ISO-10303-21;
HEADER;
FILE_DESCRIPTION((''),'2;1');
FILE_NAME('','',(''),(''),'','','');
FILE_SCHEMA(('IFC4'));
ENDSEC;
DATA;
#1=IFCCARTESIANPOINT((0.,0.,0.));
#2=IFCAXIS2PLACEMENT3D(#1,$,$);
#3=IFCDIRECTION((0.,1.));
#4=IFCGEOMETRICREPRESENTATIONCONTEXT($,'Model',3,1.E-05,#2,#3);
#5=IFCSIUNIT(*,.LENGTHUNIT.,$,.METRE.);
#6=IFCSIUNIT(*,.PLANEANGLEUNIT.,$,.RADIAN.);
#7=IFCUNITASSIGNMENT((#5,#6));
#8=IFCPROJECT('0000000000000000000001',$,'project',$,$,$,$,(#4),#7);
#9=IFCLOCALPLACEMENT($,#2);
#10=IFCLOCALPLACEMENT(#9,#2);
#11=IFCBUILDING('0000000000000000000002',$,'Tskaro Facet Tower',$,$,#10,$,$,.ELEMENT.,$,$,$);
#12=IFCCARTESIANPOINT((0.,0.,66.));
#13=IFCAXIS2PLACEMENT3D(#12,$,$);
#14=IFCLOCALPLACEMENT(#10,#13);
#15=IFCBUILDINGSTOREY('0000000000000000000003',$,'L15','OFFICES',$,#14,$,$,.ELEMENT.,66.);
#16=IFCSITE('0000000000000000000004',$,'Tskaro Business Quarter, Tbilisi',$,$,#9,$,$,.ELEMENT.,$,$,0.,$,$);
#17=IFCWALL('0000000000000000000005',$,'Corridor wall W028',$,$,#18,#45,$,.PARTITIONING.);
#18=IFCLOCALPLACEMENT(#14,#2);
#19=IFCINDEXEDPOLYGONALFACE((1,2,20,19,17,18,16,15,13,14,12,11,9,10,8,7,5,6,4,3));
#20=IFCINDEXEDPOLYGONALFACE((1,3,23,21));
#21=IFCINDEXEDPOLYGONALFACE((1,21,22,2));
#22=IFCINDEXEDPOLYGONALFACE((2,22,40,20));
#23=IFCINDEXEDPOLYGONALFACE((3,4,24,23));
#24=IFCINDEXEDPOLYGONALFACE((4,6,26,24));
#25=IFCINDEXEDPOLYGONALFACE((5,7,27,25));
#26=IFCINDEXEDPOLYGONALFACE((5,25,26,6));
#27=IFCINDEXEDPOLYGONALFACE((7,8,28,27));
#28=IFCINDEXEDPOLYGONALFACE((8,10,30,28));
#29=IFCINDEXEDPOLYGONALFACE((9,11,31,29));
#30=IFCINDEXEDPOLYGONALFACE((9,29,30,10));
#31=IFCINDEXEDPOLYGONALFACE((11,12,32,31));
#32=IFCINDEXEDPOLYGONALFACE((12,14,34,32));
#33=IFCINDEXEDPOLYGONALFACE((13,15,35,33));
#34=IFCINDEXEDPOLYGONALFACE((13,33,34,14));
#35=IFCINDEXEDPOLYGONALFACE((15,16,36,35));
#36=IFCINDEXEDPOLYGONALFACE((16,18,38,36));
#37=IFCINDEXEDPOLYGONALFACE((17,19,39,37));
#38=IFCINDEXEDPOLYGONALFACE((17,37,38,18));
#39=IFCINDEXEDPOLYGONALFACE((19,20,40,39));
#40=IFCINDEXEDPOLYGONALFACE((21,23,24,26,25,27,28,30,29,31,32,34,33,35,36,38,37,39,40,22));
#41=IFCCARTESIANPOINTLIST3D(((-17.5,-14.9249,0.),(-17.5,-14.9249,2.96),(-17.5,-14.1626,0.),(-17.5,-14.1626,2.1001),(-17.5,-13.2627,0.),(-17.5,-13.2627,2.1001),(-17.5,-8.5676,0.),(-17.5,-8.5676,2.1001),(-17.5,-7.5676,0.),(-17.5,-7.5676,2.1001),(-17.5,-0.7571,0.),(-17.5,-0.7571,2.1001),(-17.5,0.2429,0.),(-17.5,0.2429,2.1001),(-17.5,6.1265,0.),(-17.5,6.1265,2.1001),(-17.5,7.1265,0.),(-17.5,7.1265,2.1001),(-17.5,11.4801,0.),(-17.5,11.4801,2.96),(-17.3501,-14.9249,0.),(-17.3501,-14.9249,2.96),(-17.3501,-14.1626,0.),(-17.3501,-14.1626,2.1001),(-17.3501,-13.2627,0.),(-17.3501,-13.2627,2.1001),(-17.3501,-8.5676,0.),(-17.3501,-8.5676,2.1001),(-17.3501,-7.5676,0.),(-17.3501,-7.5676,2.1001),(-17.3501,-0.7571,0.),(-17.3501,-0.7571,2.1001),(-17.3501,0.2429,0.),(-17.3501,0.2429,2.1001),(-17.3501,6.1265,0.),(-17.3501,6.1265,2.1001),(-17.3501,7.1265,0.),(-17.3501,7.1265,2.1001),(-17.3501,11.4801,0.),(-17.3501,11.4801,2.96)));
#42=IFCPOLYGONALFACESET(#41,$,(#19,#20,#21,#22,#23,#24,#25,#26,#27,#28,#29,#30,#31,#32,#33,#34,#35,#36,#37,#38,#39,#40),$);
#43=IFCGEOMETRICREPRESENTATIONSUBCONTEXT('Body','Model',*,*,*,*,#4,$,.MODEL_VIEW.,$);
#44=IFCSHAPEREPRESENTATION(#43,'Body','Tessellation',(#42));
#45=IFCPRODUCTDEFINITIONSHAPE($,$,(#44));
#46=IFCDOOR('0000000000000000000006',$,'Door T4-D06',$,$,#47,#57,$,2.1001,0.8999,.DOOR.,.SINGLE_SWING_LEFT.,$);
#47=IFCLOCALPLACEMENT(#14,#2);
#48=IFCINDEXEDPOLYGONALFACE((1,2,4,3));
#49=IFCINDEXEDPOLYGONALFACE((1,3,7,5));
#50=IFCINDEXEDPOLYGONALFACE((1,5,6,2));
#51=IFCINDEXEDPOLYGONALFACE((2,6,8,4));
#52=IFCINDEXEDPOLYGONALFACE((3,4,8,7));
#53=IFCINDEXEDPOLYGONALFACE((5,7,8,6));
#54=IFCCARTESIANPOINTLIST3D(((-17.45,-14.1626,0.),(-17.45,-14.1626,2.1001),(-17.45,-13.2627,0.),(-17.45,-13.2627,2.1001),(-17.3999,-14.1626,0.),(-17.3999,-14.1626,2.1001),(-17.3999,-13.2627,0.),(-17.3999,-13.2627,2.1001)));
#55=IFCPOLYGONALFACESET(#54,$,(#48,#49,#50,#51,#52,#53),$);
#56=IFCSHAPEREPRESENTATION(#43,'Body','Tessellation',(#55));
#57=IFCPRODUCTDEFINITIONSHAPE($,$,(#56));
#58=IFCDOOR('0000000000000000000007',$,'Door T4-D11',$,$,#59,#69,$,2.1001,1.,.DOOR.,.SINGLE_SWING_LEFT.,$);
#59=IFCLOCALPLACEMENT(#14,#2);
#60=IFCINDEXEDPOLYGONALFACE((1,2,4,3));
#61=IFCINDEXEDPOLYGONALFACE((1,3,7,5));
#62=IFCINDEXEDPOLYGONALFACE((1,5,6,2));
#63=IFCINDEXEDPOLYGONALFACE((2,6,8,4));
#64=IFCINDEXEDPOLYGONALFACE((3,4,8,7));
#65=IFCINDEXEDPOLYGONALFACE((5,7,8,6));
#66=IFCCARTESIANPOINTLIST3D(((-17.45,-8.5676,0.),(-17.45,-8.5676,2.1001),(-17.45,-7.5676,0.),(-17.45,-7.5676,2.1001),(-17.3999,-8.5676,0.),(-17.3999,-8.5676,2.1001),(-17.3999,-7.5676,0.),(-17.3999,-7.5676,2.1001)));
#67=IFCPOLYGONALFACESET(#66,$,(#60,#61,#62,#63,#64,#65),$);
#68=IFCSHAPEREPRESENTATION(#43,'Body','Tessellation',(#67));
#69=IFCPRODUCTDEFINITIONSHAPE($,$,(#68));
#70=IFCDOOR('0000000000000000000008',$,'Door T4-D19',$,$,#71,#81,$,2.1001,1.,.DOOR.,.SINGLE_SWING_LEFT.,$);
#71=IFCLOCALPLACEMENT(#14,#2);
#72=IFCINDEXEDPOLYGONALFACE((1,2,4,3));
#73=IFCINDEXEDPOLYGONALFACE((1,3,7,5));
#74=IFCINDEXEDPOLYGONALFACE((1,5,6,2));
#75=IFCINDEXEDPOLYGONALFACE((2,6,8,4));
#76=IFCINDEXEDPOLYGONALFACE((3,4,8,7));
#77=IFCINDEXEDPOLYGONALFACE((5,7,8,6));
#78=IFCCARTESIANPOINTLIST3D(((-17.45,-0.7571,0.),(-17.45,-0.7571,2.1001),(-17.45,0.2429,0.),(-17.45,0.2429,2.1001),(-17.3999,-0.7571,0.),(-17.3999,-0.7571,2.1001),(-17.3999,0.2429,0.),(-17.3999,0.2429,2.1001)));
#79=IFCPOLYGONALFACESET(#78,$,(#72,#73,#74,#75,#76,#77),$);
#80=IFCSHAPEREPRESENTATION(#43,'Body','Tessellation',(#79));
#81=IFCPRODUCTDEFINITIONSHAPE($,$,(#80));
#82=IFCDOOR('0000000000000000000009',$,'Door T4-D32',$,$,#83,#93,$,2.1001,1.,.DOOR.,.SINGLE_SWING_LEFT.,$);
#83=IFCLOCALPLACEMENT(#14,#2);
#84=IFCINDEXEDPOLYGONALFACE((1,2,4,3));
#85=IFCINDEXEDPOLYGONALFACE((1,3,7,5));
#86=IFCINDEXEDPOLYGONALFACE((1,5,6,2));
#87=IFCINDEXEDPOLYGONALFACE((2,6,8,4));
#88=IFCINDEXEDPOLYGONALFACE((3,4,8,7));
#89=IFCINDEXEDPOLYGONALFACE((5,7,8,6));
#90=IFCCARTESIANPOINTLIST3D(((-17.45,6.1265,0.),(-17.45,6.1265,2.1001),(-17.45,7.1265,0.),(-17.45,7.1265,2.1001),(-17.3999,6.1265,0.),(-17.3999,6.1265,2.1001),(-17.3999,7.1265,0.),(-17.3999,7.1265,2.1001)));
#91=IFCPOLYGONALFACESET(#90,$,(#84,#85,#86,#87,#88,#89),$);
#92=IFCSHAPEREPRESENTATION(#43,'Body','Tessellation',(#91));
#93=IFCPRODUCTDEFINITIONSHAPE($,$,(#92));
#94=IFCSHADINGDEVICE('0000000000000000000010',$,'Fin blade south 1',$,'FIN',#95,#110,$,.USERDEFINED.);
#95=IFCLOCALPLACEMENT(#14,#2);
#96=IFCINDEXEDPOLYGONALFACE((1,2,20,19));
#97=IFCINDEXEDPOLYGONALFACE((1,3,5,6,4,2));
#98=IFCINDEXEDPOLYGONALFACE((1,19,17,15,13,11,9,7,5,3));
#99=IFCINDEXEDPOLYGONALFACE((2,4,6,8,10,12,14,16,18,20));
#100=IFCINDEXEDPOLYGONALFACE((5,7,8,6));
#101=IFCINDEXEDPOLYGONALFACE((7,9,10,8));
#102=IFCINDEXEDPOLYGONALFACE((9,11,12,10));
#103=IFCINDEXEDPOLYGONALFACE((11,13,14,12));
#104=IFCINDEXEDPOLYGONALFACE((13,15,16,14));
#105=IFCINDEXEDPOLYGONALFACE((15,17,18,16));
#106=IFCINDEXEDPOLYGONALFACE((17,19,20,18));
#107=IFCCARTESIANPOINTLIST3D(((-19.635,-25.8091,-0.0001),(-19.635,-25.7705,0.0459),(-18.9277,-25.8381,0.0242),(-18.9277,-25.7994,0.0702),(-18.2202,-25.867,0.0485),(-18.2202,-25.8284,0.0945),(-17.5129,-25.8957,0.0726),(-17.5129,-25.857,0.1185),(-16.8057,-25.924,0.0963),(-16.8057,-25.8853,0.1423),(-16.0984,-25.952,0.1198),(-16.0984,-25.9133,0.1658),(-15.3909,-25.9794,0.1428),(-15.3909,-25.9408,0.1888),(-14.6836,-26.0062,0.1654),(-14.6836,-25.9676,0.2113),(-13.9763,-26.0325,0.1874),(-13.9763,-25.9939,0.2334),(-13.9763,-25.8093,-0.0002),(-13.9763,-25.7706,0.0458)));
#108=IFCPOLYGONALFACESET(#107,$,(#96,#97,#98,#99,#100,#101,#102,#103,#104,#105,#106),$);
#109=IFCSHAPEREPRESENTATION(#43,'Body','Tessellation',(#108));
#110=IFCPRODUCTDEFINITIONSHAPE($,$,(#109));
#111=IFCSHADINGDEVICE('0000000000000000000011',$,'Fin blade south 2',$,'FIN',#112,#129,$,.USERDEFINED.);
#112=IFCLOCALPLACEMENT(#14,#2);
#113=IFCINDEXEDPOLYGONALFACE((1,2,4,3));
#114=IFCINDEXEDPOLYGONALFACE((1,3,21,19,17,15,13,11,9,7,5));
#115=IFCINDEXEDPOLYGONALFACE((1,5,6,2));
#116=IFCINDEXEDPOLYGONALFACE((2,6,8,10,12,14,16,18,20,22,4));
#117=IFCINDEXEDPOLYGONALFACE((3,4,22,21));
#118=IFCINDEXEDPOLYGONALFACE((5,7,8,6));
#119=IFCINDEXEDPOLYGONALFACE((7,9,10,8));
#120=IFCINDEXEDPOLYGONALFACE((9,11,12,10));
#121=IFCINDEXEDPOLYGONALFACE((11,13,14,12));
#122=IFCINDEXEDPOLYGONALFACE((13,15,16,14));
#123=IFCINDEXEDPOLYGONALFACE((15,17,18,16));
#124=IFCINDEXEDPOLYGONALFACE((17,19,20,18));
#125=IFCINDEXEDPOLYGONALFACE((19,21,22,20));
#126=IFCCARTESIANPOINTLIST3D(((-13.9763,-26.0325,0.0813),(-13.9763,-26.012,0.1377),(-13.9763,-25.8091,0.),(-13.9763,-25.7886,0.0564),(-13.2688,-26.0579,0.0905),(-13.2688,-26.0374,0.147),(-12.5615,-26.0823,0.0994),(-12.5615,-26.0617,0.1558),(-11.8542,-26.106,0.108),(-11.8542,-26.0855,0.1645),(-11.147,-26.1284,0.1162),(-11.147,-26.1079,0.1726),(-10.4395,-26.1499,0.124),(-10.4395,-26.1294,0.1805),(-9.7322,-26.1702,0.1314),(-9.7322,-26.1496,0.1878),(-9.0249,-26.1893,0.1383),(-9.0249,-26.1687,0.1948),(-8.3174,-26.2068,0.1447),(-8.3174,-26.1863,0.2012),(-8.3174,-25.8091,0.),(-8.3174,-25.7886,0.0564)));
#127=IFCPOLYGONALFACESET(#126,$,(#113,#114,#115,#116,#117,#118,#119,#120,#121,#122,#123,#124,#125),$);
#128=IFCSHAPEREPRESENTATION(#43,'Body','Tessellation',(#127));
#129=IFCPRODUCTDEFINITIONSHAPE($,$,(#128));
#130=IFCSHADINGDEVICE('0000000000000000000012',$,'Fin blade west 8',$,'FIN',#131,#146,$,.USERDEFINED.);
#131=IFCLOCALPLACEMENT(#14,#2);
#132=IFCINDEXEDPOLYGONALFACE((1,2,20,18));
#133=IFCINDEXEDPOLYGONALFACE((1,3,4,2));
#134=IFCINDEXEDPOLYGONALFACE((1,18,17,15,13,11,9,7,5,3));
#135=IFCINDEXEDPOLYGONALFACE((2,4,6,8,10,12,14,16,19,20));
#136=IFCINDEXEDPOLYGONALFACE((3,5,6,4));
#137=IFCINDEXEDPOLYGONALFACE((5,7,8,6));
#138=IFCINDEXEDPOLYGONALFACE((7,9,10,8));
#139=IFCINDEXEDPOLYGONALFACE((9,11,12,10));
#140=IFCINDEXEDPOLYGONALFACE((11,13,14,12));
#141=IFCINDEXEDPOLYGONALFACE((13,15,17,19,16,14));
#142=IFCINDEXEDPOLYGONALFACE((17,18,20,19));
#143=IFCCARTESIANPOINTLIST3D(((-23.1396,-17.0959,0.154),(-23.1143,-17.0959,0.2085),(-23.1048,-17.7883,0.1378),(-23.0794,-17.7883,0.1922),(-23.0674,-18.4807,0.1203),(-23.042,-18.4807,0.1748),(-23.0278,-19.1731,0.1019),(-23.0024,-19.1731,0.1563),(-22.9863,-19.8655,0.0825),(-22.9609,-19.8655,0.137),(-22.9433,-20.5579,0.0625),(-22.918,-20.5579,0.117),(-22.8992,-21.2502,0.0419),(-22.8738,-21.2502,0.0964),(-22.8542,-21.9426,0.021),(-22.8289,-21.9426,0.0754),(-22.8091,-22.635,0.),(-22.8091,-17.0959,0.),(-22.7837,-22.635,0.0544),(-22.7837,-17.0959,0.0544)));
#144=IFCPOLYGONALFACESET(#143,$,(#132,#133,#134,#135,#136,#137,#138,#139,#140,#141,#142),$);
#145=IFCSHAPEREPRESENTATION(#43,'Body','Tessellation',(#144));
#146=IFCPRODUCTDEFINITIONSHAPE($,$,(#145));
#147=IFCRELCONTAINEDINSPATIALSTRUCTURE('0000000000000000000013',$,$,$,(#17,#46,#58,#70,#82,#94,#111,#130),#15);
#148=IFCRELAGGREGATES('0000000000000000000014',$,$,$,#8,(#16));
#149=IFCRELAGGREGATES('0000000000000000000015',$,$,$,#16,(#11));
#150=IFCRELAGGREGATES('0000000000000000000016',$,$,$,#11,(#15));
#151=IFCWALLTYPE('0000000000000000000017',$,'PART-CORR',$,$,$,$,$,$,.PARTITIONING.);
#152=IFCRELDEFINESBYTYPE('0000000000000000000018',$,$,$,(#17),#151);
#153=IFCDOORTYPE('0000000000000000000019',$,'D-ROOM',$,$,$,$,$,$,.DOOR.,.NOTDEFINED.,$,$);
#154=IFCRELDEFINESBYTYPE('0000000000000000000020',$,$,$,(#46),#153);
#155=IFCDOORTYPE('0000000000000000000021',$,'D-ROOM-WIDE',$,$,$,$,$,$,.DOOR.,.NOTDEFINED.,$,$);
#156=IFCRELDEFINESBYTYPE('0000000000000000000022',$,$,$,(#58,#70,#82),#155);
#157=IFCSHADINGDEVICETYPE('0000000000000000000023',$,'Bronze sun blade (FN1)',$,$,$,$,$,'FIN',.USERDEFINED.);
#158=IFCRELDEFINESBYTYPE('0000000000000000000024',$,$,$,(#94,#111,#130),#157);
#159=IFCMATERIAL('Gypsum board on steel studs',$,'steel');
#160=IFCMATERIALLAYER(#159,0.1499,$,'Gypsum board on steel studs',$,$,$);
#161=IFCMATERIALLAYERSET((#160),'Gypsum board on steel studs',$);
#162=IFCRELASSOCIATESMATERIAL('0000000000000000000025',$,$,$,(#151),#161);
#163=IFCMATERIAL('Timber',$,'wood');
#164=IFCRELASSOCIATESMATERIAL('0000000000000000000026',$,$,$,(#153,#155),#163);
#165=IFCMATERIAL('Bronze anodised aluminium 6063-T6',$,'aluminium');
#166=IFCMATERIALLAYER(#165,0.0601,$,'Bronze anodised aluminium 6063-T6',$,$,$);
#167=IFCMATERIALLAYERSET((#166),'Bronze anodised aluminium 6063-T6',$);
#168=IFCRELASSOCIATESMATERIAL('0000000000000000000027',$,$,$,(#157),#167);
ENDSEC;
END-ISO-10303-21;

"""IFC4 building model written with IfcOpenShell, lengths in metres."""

from ifc_helpers import new_model, si_unit, direction, frame, frame_2d, origin, place, context, subcontext, project, spatial, polyline, rectangle, outline, extrude, material, layer, layer_set, type_object, element, fill, save


model = new_model("IFC4")

# Units and contexts
model_context = context("Model", 3, precision=1e-05, world=origin(), true_north=direction((0.0, 1.0)))
body_context = subcontext(model_context, "Body", "Model", "MODEL_VIEW")
ifc_project = project(units=[si_unit("LENGTHUNIT", "METRE"), si_unit("PLANEANGLEUNIT", "RADIAN")], contexts=[model_context])

# Site, building, storey
site_placement = place(None, origin())
site = spatial("IfcSite", under=ifc_project, at=site_placement, Name="Tskaro Business Quarter, Tbilisi", CompositionType="ELEMENT", RefElevation=0.0)
building_placement = place(site_placement, origin())
building = spatial("IfcBuilding", under=site, at=building_placement, Name="Tskaro Facet Tower", CompositionType="ELEMENT")
storey_placement = place(building_placement, frame((0.0, 0.0, 66.0)))
storey = spatial("IfcBuildingStorey", under=building, at=storey_placement, Name="L15", Description="OFFICES", CompositionType="ELEMENT", Elevation=66.0)

# Shared definitions
ifc_material_1 = material(Name="Bronze anodised aluminium 6063-T6", Category="aluminium")

# Shared definitions
ifc_material_2 = material(Name="Gypsum board on steel studs", Category="steel")

# Wall, openings, doors
ifc_layer_1 = layer(ifc_material_2, 0.1499, Name="Gypsum board on steel studs")
ifc_layer_set_1 = layer_set([ifc_layer_1], Name="Gypsum board on steel studs")
wall_type_1 = type_object("IfcWallType", Name="PART-CORR", PredefinedType="PARTITIONING", material=ifc_layer_set_1)
wall_1_placement = place(storey_placement, frame((-17.425, -14.925, 0.0), z_axis=(0.0, 0.0, 1.0), x_axis=(0.0, 1.0, 0.0)))
wall_1 = element("IfcWall", 1, at=wall_1_placement, inside=storey, type_object=wall_type_1, Name="Corridor wall W028", PredefinedType="PARTITIONING", context=body_context, shape_type="SweptSolid", body=[
    extrude(rectangle(XDim=26.405, YDim=0.1499, at=frame_2d((13.2026, 0.0))), origin(), (0.0, 0.0, 1.0), 2.96),
])
opening_1_placement = place(wall_1_placement, frame((0.7625, 0.0, 0.0)))
opening_1 = element("IfcOpeningElement", 2, at=opening_1_placement, cuts=wall_1, PredefinedType="OPENING", context=body_context, shape_type="SweptSolid", body=[
    extrude(rectangle(XDim=0.8999, YDim=2.1001, at=frame_2d((0.45, 1.05))), frame((0.0, 0.085, 0.0), z_axis=(0.0, -1.0, 0.0), x_axis=(1.0, 0.0, 0.0)), (0.0, 0.0, 1.0), 0.1699),
])
opening_2_placement = place(wall_1_placement, frame((6.3574, 0.0, 0.0)))
opening_2 = element("IfcOpeningElement", 3, at=opening_2_placement, cuts=wall_1, PredefinedType="OPENING", context=body_context, shape_type="SweptSolid", body=[
    extrude(rectangle(XDim=1.0, YDim=2.1001, at=frame_2d((0.5, 1.05))), frame((0.0, 0.085, 0.0), z_axis=(0.0, -1.0, 0.0), x_axis=(1.0, 0.0, 0.0)), (0.0, 0.0, 1.0), 0.1699),
])
opening_3_placement = place(wall_1_placement, frame((14.168, 0.0, 0.0)))
opening_3 = element("IfcOpeningElement", 4, at=opening_3_placement, cuts=wall_1, PredefinedType="OPENING", context=body_context, shape_type="SweptSolid", body=[
    extrude(rectangle(XDim=1.0, YDim=2.1001, at=frame_2d((0.5, 1.05))), frame((0.0, 0.085, 0.0), z_axis=(0.0, -1.0, 0.0), x_axis=(1.0, 0.0, 0.0)), (0.0, 0.0, 1.0), 0.1699),
])
opening_4_placement = place(wall_1_placement, frame((21.0515, 0.0, 0.0)))
opening_4 = element("IfcOpeningElement", 5, at=opening_4_placement, cuts=wall_1, PredefinedType="OPENING", context=body_context, shape_type="SweptSolid", body=[
    extrude(rectangle(XDim=1.0, YDim=2.1001, at=frame_2d((0.5, 1.05))), frame((0.0, 0.085, 0.0), z_axis=(0.0, -1.0, 0.0), x_axis=(1.0, 0.0, 0.0)), (0.0, 0.0, 1.0), 0.1699),
])
ifc_material_3 = material(Name="Timber", Category="wood")
door_type_1 = type_object("IfcDoorType", Name="D-ROOM", OperationType="NOTDEFINED", PredefinedType="DOOR", material=ifc_material_3)
door_1_placement = place(opening_1_placement, origin())
door_1 = element("IfcDoor", 6, at=door_1_placement, inside=storey, type_object=door_type_1, Name="Door T4-D06", OperationType="SINGLE_SWING_LEFT", OverallHeight=2.1001, OverallWidth=0.8999, PredefinedType="DOOR", context=body_context, shape_type="SweptSolid", body=[
    extrude(rectangle(XDim=0.8999, YDim=2.1001, at=frame_2d((0.45, 1.05))), frame((0.0, 0.0249, 0.0), z_axis=(0.0, -1.0, 0.0), x_axis=(1.0, 0.0, 0.0)), (0.0, 0.0, 1.0), 0.05),
])
fill(opening_1, door_1)
door_type_2 = type_object("IfcDoorType", Name="D-ROOM-WIDE", OperationType="NOTDEFINED", PredefinedType="DOOR", material=ifc_material_3)
door_2_placement = place(opening_2_placement, origin())
door_2 = element("IfcDoor", 7, at=door_2_placement, inside=storey, type_object=door_type_2, Name="Door T4-D11", OperationType="SINGLE_SWING_LEFT", OverallHeight=2.1001, OverallWidth=1.0, PredefinedType="DOOR", context=body_context, shape_type="SweptSolid", body=[
    extrude(rectangle(XDim=1.0, YDim=2.1001, at=frame_2d((0.5, 1.05))), frame((0.0, 0.0249, 0.0), z_axis=(0.0, -1.0, 0.0), x_axis=(1.0, 0.0, 0.0)), (0.0, 0.0, 1.0), 0.05),
])
fill(opening_2, door_2)
door_3_placement = place(opening_3_placement, origin())
door_3 = element("IfcDoor", 8, at=door_3_placement, inside=storey, type_object=door_type_2, Name="Door T4-D19", OperationType="SINGLE_SWING_LEFT", OverallHeight=2.1001, OverallWidth=1.0, PredefinedType="DOOR", context=body_context, shape_type="SweptSolid", body=[
    extrude(rectangle(XDim=1.0, YDim=2.1001, at=frame_2d((0.5, 1.05))), frame((0.0, 0.0249, 0.0), z_axis=(0.0, -1.0, 0.0), x_axis=(1.0, 0.0, 0.0)), (0.0, 0.0, 1.0), 0.05),
])
fill(opening_3, door_3)
door_4_placement = place(opening_4_placement, origin())
door_4 = element("IfcDoor", 9, at=door_4_placement, inside=storey, type_object=door_type_2, Name="Door T4-D32", OperationType="SINGLE_SWING_LEFT", OverallHeight=2.1001, OverallWidth=1.0, PredefinedType="DOOR", context=body_context, shape_type="SweptSolid", body=[
    extrude(rectangle(XDim=1.0, YDim=2.1001, at=frame_2d((0.5, 1.05))), frame((0.0, 0.0249, 0.0), z_axis=(0.0, -1.0, 0.0), x_axis=(1.0, 0.0, 0.0)), (0.0, 0.0, 1.0), 0.05),
])
fill(opening_4, door_4)

# Shading devices
ifc_layer_2 = layer(ifc_material_1, 0.0601, Name="Bronze anodised aluminium 6063-T6")
ifc_layer_set_2 = layer_set([ifc_layer_2], Name="Bronze anodised aluminium 6063-T6")
shading_device_type = type_object("IfcShadingDeviceType", Name="Bronze sun blade (FN1)", ElementType="FIN", PredefinedType="USERDEFINED", material=ifc_layer_set_2)
shading_device_1_placement = place(storey_placement, frame((-19.635, -25.7705, 0.0459), z_axis=(0.000033, 0.643382, 0.765545), x_axis=(1.0, -0.000021, -0.000025)))
element("IfcShadingDevice", 10, at=shading_device_1_placement, inside=storey, type_object=shading_device_type, Name="Fin blade south 1", ObjectType="FIN", PredefinedType="USERDEFINED", context=body_context, shape_type="SweptSolid", body=[
    extrude(outline(polyline([(0.0, 0.0), (5.6587, 0.0), (5.6587, -0.2916), (4.9514, -0.2573), (4.2441, -0.2223), (3.5366, -0.1865), (2.8293, -0.1499), (2.1221, -0.113), (1.4148, -0.0756), (0.7073, -0.0378), (0.0, 0.0)])), origin(), (0.0, 0.0, -1.0), 0.0601),
])
shading_device_2_placement = place(storey_placement, frame((-13.9763, -25.7886, 0.0564), z_axis=(-0.000003, 0.342027, 0.93969), x_axis=(1.0, 0.000001, 0.000002)))
element("IfcShadingDevice", 11, at=shading_device_2_placement, inside=storey, type_object=shading_device_type, Name="Fin blade south 2", ObjectType="FIN", PredefinedType="USERDEFINED", context=body_context, shape_type="SweptSolid", body=[
    extrude(outline(polyline([(0.0, 0.0), (5.6589, 0.0), (5.6589, -0.4232), (4.9514, -0.4045), (4.2441, -0.3842), (3.5369, -0.3627), (2.8293, -0.3398), (2.1221, -0.316), (1.4148, -0.2907), (0.7075, -0.2648), (0.0, -0.2377), (0.0, 0.0)])), origin(), (0.0, 0.0, -1.0), 0.0601),
])
shading_device_3_placement = place(storey_placement, frame((-22.7837, -17.0959, 0.0544), z_axis=(0.422304, -0.000009, 0.906454), x_axis=(-0.000004, -1.0, -0.000008)))
element("IfcShadingDevice", 12, at=shading_device_3_placement, inside=storey, type_object=shading_device_type, Name="Fin blade west 8", ObjectType="FIN", PredefinedType="USERDEFINED", context=body_context, shape_type="SweptSolid", body=[
    extrude(outline(polyline([(0.0, 0.0), (5.5391, 0.0), (4.8467, -0.0498), (4.1543, -0.0994), (3.4619, -0.1481), (2.7695, -0.1955), (2.0771, -0.2413), (1.3848, -0.285), (0.6924, -0.3262), (0.0, -0.3647), (0.0, 0.0)])), origin(), (0.0, 0.0, -1.0), 0.0601),
])

save(model, "model.ifc")
